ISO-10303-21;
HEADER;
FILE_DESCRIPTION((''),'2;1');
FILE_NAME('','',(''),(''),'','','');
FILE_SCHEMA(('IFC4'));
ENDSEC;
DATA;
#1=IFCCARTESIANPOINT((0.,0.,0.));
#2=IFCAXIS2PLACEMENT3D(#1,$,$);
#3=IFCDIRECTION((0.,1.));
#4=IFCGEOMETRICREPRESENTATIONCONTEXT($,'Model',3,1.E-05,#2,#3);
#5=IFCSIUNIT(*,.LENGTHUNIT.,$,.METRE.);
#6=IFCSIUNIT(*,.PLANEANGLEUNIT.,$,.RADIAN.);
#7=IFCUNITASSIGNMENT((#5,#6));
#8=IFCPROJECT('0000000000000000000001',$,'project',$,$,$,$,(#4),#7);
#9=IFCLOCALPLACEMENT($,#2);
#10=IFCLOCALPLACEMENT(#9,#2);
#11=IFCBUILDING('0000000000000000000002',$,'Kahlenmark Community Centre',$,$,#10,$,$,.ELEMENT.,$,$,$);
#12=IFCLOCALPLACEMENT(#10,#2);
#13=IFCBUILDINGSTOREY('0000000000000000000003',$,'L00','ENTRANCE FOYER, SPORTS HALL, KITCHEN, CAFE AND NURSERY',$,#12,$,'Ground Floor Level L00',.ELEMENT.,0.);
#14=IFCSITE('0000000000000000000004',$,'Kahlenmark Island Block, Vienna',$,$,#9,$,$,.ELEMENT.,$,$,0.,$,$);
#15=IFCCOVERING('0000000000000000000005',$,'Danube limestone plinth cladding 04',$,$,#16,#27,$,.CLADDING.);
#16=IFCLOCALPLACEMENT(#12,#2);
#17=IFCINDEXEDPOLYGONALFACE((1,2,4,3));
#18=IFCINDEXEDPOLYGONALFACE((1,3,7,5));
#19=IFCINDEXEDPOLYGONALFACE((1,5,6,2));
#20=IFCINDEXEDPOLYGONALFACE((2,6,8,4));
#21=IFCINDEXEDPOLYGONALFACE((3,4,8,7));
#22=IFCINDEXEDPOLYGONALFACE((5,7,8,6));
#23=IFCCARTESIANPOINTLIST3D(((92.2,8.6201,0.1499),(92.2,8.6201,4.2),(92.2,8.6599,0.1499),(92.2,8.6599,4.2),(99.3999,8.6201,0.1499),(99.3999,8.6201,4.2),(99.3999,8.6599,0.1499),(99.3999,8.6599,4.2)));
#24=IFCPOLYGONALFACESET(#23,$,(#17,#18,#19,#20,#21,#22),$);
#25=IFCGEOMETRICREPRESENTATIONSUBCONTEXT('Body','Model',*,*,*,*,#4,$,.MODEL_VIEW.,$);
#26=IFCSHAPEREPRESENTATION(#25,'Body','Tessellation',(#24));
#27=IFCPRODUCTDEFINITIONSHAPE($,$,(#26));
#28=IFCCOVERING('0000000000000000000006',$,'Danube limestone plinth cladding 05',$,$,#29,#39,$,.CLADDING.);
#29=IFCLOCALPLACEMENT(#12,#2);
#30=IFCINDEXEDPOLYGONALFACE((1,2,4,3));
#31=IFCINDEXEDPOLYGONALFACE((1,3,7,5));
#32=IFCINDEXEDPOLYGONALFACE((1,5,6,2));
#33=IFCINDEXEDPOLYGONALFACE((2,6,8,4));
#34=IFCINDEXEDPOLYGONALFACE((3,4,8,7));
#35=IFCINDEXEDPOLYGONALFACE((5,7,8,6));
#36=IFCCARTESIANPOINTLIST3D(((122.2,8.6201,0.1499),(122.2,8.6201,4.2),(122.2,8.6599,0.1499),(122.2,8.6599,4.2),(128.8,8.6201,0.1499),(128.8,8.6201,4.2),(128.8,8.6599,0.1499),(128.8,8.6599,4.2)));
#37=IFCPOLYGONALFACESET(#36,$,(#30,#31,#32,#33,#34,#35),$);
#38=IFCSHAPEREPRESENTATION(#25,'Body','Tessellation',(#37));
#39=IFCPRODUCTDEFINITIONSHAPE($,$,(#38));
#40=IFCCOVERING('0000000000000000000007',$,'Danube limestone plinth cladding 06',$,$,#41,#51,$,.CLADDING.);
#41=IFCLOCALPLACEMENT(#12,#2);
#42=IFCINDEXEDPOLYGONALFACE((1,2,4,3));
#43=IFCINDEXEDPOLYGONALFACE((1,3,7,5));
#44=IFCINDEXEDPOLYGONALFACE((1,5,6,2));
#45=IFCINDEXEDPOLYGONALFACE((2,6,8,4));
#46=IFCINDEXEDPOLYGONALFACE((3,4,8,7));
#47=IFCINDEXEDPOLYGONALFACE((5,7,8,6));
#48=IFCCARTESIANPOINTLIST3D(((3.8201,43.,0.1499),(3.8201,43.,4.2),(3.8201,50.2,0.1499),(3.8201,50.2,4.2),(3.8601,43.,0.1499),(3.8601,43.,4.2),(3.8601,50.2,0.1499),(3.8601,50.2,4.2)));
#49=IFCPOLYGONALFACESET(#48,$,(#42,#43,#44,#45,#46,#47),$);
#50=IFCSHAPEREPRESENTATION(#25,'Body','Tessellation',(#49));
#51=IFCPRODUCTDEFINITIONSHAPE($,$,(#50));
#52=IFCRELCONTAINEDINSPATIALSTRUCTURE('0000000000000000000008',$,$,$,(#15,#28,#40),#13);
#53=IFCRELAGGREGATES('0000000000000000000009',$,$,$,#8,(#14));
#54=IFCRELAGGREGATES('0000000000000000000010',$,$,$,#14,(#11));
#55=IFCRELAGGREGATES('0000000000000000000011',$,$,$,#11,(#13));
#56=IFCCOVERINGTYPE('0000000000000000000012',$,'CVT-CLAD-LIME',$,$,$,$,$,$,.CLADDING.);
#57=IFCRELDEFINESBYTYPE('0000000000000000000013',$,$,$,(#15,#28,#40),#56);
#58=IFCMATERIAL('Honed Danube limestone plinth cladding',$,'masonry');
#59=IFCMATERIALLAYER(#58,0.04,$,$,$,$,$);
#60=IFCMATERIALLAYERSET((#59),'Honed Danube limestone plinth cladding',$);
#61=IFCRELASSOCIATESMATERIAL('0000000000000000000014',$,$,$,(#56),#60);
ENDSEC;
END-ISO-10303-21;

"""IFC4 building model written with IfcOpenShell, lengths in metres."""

from ifc_helpers import new_model, si_unit, direction, frame, origin, place, context, subcontext, project, spatial, polyline, outline, extrude, material, layer, layer_set, type_object, element, save


model = new_model("IFC4")

# Units and contexts
model_context = context("Model", 3, precision=1e-05, world=origin(), true_north=direction((0.0, 1.0)))
body_context = subcontext(model_context, "Body", "Model", "MODEL_VIEW")
ifc_project = project(units=[si_unit("LENGTHUNIT", "METRE"), si_unit("PLANEANGLEUNIT", "RADIAN")], contexts=[model_context])

# Site, building, storey
site_placement = place(None, origin())
site = spatial("IfcSite", under=ifc_project, at=site_placement, Name="Kahlenmark Island Block, Vienna", CompositionType="ELEMENT", RefElevation=0.0)
building_placement = place(site_placement, origin())
building = spatial("IfcBuilding", under=site, at=building_placement, Name="Kahlenmark Community Centre", CompositionType="ELEMENT")
storey_placement = place(building_placement, origin())
storey = spatial("IfcBuildingStorey", under=building, at=storey_placement, Name="L00", Description="ENTRANCE FOYER, SPORTS HALL, KITCHEN, CAFE AND NURSERY", LongName="Ground Floor Level L00", CompositionType="ELEMENT", Elevation=0.0)

# Coverings
ifc_material_1 = material(Name="Honed Danube limestone plinth cladding", Category="masonry")
ifc_layer_1 = layer(ifc_material_1, 0.04)
ifc_layer_set_1 = layer_set([ifc_layer_1], Name="Honed Danube limestone plinth cladding")
covering_type = type_object("IfcCoveringType", Name="CVT-CLAD-LIME", PredefinedType="CLADDING", material=ifc_layer_set_1)
covering_1_placement = place(storey_placement, frame((0.0, 0.0, 0.1499)))
element("IfcCovering", 1, at=covering_1_placement, inside=storey, type_object=covering_type, Name="Danube limestone plinth cladding 04", PredefinedType="CLADDING", context=body_context, shape_type="SweptSolid", body=[
    extrude(outline(polyline([(92.2, 8.6201), (99.3999, 8.6201), (99.3999, 8.6599), (92.2, 8.6599), (92.2, 8.6201)])), origin(), (0.0, 0.0, 1.0), 4.05),
])
covering_2_placement = place(storey_placement, frame((0.0, 0.0, 0.1499)))
element("IfcCovering", 2, at=covering_2_placement, inside=storey, type_object=covering_type, Name="Danube limestone plinth cladding 05", PredefinedType="CLADDING", context=body_context, shape_type="SweptSolid", body=[
    extrude(outline(polyline([(122.2, 8.6201), (128.8, 8.6201), (128.8, 8.6599), (122.2, 8.6599), (122.2, 8.6201)])), origin(), (0.0, 0.0, 1.0), 4.05),
])
covering_3_placement = place(storey_placement, frame((0.0, 0.0, 0.1499)))
element("IfcCovering", 3, at=covering_3_placement, inside=storey, type_object=covering_type, Name="Danube limestone plinth cladding 06", PredefinedType="CLADDING", context=body_context, shape_type="SweptSolid", body=[
    extrude(outline(polyline([(3.8201, 43.0), (3.8601, 43.0), (3.8601, 50.2), (3.8201, 50.2), (3.8201, 43.0)])), origin(), (0.0, 0.0, 1.0), 4.05),
])

save(model, "model.ifc")
